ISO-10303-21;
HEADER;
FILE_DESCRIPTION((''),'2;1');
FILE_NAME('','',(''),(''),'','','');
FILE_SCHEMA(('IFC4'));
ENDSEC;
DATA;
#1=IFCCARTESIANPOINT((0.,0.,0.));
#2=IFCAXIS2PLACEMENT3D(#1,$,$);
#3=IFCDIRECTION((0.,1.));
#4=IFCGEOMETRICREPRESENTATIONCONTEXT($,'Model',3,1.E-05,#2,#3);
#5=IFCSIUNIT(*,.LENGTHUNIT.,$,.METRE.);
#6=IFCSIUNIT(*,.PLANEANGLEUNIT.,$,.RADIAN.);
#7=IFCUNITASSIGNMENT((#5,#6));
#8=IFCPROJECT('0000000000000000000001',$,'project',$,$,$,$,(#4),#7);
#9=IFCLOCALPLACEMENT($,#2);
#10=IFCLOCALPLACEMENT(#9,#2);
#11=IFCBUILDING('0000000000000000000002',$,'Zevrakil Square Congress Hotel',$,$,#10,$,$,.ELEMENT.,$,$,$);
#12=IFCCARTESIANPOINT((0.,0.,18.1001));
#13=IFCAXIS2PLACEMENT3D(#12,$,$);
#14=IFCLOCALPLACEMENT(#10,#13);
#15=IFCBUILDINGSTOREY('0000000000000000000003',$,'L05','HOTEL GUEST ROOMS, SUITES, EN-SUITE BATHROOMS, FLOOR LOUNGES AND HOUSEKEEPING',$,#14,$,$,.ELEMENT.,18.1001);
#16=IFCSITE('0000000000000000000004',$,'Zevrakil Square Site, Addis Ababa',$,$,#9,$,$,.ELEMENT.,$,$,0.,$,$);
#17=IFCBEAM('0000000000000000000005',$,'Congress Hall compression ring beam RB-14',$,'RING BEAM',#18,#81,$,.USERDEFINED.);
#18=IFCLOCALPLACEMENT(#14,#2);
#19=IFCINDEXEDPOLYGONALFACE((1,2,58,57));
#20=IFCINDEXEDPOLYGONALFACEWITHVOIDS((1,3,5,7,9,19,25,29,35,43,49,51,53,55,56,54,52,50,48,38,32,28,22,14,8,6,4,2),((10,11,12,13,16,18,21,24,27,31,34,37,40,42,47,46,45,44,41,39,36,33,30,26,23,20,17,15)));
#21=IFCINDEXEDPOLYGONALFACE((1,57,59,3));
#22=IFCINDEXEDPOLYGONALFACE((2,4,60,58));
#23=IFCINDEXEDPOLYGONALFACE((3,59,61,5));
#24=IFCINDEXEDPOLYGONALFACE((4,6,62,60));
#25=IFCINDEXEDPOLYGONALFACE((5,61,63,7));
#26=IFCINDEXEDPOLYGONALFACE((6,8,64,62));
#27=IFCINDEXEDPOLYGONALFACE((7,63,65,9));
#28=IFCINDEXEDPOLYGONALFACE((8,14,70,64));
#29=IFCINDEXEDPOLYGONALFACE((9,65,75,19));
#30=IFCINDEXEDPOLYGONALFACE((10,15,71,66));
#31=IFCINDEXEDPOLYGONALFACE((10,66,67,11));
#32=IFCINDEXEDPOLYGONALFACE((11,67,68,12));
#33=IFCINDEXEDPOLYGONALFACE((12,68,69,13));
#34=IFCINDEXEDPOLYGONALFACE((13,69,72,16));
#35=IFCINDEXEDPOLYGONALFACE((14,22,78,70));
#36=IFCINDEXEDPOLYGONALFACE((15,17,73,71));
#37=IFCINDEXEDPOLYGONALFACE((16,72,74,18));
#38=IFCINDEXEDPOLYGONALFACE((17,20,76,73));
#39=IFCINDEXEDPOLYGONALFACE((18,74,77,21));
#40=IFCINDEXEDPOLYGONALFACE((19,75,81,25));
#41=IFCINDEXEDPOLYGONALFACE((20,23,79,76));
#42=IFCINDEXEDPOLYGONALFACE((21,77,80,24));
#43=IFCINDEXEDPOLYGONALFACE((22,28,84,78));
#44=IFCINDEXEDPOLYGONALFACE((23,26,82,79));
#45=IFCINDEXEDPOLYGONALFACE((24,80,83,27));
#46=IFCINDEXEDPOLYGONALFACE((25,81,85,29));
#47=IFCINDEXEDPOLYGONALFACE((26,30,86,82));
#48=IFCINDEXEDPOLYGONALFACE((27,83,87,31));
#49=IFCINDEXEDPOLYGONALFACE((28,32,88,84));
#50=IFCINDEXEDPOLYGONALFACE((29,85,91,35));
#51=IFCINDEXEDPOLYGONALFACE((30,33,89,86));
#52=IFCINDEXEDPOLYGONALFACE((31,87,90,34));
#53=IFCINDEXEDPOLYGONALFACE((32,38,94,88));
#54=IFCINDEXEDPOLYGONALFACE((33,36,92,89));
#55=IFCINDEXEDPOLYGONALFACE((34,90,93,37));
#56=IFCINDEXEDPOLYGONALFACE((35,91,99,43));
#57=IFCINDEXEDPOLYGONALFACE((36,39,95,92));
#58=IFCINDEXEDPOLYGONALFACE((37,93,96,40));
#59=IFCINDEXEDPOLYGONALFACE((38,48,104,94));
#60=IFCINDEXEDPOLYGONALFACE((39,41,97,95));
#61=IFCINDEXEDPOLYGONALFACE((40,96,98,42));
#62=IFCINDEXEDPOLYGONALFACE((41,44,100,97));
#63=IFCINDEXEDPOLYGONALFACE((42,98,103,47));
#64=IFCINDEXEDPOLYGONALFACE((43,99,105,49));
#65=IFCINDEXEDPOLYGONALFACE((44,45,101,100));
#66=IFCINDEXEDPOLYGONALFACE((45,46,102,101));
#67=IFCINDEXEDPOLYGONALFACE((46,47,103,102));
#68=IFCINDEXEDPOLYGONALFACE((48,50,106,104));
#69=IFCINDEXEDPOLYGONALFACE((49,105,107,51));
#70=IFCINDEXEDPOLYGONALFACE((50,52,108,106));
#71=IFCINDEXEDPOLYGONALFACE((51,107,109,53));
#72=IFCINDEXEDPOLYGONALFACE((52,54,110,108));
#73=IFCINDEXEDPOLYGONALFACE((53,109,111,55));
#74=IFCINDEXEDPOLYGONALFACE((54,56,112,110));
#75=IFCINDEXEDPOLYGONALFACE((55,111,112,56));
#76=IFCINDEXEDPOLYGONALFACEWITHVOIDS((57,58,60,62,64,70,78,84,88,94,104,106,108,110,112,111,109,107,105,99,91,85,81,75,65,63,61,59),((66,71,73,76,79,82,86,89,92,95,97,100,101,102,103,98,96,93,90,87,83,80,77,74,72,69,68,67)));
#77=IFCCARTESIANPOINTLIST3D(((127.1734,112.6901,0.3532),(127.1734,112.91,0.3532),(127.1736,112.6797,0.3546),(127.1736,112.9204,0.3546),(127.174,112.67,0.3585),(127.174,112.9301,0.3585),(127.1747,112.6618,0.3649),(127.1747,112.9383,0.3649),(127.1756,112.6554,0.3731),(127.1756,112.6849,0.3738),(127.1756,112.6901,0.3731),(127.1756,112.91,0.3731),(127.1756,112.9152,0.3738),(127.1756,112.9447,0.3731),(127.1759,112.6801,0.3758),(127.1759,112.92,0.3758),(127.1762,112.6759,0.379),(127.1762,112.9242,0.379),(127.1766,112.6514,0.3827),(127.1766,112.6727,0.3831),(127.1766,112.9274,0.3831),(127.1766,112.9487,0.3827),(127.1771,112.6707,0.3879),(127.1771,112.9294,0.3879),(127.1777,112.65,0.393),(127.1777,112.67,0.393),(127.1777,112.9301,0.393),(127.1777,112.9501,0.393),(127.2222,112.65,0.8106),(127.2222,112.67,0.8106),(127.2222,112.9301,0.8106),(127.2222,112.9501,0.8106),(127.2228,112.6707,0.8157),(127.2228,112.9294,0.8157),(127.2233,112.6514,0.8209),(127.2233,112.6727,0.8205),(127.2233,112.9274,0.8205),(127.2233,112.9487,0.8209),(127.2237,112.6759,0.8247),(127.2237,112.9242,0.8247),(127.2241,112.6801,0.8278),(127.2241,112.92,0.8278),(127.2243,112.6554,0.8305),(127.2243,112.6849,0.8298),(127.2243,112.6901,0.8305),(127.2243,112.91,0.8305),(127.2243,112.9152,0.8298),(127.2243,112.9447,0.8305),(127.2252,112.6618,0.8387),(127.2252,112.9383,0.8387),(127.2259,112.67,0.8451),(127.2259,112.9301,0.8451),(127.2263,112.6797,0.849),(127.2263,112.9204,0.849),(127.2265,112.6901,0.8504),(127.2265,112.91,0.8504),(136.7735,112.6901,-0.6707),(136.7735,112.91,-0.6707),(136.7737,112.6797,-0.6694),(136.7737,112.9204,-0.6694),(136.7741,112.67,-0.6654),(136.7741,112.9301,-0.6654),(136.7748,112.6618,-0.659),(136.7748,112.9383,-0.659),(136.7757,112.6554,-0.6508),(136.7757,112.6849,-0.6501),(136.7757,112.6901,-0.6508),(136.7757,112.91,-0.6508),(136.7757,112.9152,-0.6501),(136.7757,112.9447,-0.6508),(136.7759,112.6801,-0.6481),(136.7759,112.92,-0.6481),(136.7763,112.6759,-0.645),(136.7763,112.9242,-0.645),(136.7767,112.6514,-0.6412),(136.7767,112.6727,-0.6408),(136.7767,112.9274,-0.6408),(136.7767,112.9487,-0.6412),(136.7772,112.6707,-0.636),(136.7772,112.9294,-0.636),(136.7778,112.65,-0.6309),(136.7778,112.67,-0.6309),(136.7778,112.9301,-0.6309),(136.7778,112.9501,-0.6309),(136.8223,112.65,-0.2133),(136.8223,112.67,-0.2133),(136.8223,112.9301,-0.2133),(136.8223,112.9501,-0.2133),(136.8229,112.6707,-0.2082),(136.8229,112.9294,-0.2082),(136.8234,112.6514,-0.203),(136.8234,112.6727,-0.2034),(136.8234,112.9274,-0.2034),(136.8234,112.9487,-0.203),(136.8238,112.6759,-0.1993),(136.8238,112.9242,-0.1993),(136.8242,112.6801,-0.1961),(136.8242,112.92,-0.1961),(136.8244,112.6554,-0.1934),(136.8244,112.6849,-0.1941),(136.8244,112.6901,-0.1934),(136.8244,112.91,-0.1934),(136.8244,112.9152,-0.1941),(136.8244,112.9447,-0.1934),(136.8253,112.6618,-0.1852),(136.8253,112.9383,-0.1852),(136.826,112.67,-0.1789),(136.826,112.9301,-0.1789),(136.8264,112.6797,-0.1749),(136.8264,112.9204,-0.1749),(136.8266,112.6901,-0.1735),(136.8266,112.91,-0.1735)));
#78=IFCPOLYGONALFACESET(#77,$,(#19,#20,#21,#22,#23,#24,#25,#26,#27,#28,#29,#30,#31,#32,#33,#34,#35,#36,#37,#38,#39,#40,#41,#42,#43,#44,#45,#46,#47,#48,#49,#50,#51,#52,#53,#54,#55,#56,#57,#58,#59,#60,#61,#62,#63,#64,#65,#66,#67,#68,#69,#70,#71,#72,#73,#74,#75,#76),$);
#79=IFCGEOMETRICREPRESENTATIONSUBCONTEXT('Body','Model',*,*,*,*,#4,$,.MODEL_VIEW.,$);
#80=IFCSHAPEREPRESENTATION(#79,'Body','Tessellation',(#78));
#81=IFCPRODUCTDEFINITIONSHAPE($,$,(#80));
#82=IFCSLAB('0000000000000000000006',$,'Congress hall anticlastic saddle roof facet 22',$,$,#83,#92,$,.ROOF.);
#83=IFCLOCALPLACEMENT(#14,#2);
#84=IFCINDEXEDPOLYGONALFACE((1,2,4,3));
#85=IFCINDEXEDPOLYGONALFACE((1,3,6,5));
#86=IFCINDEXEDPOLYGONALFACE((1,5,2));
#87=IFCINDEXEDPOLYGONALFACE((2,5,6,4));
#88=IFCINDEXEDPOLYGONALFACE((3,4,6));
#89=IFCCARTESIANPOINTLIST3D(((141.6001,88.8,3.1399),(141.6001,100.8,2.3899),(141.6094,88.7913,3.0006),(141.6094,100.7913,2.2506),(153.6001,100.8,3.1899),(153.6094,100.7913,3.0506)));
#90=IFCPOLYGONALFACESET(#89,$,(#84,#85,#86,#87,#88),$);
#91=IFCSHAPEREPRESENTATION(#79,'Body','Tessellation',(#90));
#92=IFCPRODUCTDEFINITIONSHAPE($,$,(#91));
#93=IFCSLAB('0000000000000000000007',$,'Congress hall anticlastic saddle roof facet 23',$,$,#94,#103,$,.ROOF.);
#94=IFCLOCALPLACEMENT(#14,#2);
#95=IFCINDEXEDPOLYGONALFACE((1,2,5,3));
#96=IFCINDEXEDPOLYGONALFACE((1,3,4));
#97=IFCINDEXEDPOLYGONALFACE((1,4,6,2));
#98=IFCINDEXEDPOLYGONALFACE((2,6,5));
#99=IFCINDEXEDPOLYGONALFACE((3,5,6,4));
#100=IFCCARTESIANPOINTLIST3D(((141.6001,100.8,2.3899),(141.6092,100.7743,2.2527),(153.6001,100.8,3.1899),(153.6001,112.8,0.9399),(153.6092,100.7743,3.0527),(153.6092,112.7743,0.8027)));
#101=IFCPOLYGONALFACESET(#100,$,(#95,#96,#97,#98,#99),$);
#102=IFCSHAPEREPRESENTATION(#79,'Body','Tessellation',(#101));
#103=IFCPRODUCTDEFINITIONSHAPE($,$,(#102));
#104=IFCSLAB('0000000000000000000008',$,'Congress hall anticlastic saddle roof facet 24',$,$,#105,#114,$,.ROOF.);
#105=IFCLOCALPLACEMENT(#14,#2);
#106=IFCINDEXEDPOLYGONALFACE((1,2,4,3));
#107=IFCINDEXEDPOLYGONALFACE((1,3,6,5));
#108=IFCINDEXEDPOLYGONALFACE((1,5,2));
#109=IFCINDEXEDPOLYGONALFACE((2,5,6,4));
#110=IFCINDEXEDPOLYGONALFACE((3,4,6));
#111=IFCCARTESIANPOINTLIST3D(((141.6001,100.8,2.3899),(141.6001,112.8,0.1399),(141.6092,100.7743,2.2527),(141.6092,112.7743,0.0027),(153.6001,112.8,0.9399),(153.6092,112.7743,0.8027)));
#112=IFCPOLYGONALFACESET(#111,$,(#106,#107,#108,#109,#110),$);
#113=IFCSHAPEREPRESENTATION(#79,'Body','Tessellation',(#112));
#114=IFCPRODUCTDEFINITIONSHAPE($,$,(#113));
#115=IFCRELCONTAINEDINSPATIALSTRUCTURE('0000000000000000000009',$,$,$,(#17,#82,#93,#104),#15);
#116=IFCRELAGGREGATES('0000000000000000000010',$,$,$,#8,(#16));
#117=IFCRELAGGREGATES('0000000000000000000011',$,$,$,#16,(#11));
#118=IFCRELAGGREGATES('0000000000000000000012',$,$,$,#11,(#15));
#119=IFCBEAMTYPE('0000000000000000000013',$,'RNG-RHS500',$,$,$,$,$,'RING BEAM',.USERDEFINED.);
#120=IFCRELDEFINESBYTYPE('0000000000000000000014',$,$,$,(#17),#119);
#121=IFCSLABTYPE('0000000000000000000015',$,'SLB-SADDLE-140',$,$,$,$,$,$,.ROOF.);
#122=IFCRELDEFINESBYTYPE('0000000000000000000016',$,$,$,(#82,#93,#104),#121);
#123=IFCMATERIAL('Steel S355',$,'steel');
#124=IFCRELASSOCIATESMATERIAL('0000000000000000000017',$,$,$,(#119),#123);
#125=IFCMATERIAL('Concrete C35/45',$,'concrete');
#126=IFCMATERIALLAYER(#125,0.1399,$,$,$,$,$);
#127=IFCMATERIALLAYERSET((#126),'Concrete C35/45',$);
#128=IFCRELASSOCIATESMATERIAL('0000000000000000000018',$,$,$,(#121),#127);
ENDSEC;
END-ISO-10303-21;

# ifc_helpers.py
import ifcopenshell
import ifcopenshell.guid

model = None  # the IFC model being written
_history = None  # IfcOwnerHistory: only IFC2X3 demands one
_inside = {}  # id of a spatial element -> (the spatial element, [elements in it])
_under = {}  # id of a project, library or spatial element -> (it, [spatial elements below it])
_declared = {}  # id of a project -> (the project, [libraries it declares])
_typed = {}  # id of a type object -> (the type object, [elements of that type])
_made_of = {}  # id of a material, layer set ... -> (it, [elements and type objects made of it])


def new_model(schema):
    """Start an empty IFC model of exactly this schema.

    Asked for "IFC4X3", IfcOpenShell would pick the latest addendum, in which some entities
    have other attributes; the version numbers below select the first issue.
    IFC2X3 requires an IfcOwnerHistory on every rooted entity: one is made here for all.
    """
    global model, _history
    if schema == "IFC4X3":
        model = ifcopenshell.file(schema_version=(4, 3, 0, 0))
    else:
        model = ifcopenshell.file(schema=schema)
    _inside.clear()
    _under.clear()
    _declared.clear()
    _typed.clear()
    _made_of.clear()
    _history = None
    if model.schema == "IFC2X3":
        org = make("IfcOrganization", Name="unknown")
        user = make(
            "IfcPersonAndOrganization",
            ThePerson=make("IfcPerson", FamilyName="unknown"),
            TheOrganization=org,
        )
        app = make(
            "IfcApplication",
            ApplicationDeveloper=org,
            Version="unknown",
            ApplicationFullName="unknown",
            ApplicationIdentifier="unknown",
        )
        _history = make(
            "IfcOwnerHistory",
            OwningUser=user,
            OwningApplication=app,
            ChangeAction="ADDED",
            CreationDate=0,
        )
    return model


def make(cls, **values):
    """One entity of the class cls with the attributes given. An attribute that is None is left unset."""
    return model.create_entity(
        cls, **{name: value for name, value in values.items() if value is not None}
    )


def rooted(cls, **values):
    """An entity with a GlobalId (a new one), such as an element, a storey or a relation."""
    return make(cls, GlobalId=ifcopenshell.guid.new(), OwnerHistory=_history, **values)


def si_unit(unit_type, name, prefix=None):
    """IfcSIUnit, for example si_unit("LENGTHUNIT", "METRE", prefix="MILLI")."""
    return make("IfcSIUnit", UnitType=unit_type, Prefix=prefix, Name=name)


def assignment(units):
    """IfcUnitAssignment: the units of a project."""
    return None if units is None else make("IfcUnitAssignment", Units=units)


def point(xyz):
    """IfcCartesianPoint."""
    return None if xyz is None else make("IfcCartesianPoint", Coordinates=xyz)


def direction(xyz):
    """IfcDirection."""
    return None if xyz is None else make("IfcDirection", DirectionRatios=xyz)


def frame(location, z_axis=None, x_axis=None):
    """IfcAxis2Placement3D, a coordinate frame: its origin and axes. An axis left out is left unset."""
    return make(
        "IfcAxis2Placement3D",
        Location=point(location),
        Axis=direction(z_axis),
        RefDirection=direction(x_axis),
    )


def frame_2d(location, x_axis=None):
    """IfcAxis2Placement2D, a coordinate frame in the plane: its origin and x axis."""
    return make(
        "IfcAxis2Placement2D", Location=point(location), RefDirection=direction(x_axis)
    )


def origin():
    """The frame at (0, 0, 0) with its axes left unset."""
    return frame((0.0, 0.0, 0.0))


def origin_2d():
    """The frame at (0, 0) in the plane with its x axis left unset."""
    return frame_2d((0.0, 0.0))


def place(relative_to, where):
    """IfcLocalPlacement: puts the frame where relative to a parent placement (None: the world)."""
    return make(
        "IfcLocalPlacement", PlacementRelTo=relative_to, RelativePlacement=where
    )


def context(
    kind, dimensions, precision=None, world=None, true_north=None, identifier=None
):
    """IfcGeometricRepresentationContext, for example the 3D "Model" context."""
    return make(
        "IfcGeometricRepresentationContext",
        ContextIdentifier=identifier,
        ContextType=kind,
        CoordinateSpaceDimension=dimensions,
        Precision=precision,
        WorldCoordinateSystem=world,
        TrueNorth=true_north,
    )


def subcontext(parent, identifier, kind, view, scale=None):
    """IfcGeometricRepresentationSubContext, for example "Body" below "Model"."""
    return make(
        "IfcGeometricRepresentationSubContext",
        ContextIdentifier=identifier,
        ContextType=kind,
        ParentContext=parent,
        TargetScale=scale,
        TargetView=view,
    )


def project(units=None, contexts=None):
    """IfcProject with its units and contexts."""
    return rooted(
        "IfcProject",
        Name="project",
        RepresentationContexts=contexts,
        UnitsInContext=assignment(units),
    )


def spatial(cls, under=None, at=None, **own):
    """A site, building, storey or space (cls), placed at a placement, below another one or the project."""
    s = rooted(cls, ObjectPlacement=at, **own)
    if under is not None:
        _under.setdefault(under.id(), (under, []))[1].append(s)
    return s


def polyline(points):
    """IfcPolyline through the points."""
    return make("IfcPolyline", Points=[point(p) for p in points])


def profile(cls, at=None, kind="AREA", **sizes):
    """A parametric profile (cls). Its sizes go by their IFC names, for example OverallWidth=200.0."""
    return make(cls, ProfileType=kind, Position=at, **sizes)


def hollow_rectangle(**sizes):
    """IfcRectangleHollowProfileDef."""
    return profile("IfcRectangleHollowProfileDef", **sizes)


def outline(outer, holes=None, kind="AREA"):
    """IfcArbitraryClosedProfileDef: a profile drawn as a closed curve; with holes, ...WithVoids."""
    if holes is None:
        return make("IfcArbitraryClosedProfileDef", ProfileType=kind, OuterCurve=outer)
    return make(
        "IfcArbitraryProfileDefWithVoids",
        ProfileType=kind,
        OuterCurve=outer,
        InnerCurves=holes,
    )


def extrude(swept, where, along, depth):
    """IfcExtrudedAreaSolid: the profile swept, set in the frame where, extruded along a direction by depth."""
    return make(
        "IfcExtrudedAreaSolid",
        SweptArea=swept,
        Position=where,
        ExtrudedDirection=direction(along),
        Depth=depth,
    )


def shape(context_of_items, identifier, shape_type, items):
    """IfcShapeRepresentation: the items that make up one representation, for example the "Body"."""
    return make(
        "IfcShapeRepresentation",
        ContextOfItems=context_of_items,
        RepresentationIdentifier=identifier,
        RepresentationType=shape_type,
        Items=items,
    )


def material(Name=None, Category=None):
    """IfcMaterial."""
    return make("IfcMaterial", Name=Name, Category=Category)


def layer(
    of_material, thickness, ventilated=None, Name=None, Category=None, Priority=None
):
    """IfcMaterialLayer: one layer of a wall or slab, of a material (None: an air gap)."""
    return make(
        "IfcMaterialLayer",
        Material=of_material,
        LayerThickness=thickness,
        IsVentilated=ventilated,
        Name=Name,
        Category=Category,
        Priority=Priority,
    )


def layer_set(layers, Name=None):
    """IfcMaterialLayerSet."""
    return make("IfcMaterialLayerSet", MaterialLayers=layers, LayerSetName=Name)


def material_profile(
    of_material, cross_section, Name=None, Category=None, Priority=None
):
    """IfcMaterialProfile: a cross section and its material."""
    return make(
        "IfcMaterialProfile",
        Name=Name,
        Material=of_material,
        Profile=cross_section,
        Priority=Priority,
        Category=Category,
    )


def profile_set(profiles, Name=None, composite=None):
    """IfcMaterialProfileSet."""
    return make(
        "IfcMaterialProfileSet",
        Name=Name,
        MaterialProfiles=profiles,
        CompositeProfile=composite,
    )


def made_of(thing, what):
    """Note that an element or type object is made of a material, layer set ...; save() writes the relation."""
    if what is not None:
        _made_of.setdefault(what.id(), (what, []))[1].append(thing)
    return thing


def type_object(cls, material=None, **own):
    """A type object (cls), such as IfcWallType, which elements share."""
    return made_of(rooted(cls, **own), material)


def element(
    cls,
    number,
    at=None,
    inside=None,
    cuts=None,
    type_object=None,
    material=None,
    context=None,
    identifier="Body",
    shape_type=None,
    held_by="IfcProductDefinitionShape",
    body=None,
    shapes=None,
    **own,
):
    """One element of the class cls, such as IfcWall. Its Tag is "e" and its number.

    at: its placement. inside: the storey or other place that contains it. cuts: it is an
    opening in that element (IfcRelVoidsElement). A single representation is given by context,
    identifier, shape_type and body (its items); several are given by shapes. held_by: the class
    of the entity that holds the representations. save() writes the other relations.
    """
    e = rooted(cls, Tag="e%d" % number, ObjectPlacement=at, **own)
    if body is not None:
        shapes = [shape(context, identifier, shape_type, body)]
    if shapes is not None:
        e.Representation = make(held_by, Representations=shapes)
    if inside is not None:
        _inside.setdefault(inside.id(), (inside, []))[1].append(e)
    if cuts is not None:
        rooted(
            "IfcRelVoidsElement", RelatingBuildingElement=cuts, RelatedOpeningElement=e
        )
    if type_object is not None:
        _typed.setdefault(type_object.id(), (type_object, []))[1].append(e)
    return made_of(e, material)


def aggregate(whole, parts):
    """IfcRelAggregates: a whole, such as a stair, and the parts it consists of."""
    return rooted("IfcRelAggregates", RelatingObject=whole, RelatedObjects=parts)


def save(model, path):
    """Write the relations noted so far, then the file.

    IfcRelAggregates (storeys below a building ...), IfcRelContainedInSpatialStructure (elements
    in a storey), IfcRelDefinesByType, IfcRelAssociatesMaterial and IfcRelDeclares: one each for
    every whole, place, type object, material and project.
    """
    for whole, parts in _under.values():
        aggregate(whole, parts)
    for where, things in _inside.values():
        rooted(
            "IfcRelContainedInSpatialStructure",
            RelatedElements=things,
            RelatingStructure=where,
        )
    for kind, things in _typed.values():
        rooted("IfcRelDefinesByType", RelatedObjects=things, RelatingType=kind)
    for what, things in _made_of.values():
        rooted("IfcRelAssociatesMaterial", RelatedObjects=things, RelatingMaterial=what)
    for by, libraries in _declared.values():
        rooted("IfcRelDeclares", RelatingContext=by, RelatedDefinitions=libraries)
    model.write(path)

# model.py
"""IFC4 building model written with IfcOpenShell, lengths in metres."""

from ifc_helpers import new_model, si_unit, direction, frame, origin, origin_2d, place, context, subcontext, project, spatial, polyline, hollow_rectangle, outline, extrude, material, layer, layer_set, material_profile, profile_set, type_object, element, save


model = new_model("IFC4")

# Units and contexts
model_context = context("Model", 3, precision=1e-05, world=origin(), true_north=direction((0.0, 1.0)))
body_context = subcontext(model_context, "Body", "Model", "MODEL_VIEW")
ifc_project = project(units=[si_unit("LENGTHUNIT", "METRE"), si_unit("PLANEANGLEUNIT", "RADIAN")], contexts=[model_context])

# Site, building, storey
site_placement = place(None, origin())
site = spatial("IfcSite", under=ifc_project, at=site_placement, Name="Zevrakil Square Site, Addis Ababa", CompositionType="ELEMENT", RefElevation=0.0)
building_placement = place(site_placement, origin())
building = spatial("IfcBuilding", under=site, at=building_placement, Name="Zevrakil Square Congress Hotel", CompositionType="ELEMENT")
storey_placement = place(building_placement, frame((0.0, 0.0, 18.1001)))
storey = spatial("IfcBuildingStorey", under=building, at=storey_placement, Name="L05", Description="HOTEL GUEST ROOMS, SUITES, EN-SUITE BATHROOMS, FLOOR LOUNGES AND HOUSEKEEPING", CompositionType="ELEMENT", Elevation=18.1001)

# Beam
ifc_material_1 = material(Name="Steel S355", Category="steel")
ifc_material_profile_1 = material_profile(ifc_material_1, hollow_rectangle(XDim=0.3, YDim=0.5, WallThickness=0.02, InnerFilletRadius=0.02, OuterFilletRadius=0.04, at=origin_2d()), Name="RHS 500x300x20")
ifc_profile_set_1 = profile_set([ifc_material_profile_1], Name="Steel S355")
beam_type = type_object("IfcBeamType", Name="RNG-RHS500", ElementType="RING BEAM", PredefinedType="USERDEFINED", material=ifc_profile_set_1)
beam_placement = place(storey_placement, frame((136.8, 112.8, -0.4221), z_axis=(-0.99436, 0.0, 0.106056), x_axis=(0.0, -1.0, 0.0)))
element("IfcBeam", 1, at=beam_placement, inside=storey, type_object=beam_type, Name="Congress Hall compression ring beam RB-14", ObjectType="RING BEAM", PredefinedType="USERDEFINED", context=body_context, shape_type="SweptSolid", body=[
    extrude(hollow_rectangle(XDim=0.3, YDim=0.5, WallThickness=0.02, InnerFilletRadius=0.02, OuterFilletRadius=0.04, at=origin_2d()), origin(), (0.0, 0.0, 1.0), 9.6545),
])

# Slabs
ifc_material_2 = material(Name="Concrete C35/45", Category="concrete")
ifc_layer = layer(ifc_material_2, 0.1399)
ifc_layer_set = layer_set([ifc_layer], Name="Concrete C35/45")
slab_type = type_object("IfcSlabType", Name="SLB-SADDLE-140", PredefinedType="ROOF", material=ifc_layer_set)
slab_1_placement = place(storey_placement, frame((141.6001, 88.8, 3.1399), z_axis=(-0.066394, 0.062241, 0.99585), x_axis=(0.707104, 0.707104, 0.002949)))
element("IfcSlab", 2, at=slab_1_placement, inside=storey, type_object=slab_type, Name="Congress hall anticlastic saddle roof facet 22", PredefinedType="ROOF", context=body_context, shape_type="SweptSolid", body=[
    extrude(outline(polyline([(0.0, 0.0), (16.9706, 0.0), (8.483, 8.5206), (0.0, 0.0)])), origin(), (0.0, 0.0, -1.0), 0.1399),
])
slab_2_placement = place(storey_placement, frame((141.6001, 100.8, 2.3899), z_axis=(-0.065389, 0.183894, 0.980769), x_axis=(0.997785, 0.0, 0.066523)))
element("IfcSlab", 3, at=slab_2_placement, inside=storey, type_object=slab_type, Name="Congress hall anticlastic saddle roof facet 23", PredefinedType="ROOF", context=body_context, shape_type="SweptSolid", body=[
    extrude(outline(polyline([(0.0, 0.0), (12.0266, 0.0), (11.877, 12.2082), (0.0, 0.0)])), origin(), (0.0, 0.0, -1.0), 0.1399),
])
slab_3_placement = place(storey_placement, frame((141.6001, 100.8, 2.3899), z_axis=(-0.065389, 0.183894, 0.980769), x_axis=(0.70454, 0.70454, -0.085129)))
element("IfcSlab", 4, at=slab_3_placement, inside=storey, type_object=slab_type, Name="Congress hall anticlastic saddle roof facet 24", PredefinedType="ROOF", context=body_context, shape_type="SweptSolid", body=[
    extrude(outline(polyline([(0.0, 0.0), (17.0324, 0.0), (8.646, 8.6203), (0.0, 0.0)])), origin(), (0.0, 0.0, -1.0), 0.1399),
])

save(model, "model.ifc")
